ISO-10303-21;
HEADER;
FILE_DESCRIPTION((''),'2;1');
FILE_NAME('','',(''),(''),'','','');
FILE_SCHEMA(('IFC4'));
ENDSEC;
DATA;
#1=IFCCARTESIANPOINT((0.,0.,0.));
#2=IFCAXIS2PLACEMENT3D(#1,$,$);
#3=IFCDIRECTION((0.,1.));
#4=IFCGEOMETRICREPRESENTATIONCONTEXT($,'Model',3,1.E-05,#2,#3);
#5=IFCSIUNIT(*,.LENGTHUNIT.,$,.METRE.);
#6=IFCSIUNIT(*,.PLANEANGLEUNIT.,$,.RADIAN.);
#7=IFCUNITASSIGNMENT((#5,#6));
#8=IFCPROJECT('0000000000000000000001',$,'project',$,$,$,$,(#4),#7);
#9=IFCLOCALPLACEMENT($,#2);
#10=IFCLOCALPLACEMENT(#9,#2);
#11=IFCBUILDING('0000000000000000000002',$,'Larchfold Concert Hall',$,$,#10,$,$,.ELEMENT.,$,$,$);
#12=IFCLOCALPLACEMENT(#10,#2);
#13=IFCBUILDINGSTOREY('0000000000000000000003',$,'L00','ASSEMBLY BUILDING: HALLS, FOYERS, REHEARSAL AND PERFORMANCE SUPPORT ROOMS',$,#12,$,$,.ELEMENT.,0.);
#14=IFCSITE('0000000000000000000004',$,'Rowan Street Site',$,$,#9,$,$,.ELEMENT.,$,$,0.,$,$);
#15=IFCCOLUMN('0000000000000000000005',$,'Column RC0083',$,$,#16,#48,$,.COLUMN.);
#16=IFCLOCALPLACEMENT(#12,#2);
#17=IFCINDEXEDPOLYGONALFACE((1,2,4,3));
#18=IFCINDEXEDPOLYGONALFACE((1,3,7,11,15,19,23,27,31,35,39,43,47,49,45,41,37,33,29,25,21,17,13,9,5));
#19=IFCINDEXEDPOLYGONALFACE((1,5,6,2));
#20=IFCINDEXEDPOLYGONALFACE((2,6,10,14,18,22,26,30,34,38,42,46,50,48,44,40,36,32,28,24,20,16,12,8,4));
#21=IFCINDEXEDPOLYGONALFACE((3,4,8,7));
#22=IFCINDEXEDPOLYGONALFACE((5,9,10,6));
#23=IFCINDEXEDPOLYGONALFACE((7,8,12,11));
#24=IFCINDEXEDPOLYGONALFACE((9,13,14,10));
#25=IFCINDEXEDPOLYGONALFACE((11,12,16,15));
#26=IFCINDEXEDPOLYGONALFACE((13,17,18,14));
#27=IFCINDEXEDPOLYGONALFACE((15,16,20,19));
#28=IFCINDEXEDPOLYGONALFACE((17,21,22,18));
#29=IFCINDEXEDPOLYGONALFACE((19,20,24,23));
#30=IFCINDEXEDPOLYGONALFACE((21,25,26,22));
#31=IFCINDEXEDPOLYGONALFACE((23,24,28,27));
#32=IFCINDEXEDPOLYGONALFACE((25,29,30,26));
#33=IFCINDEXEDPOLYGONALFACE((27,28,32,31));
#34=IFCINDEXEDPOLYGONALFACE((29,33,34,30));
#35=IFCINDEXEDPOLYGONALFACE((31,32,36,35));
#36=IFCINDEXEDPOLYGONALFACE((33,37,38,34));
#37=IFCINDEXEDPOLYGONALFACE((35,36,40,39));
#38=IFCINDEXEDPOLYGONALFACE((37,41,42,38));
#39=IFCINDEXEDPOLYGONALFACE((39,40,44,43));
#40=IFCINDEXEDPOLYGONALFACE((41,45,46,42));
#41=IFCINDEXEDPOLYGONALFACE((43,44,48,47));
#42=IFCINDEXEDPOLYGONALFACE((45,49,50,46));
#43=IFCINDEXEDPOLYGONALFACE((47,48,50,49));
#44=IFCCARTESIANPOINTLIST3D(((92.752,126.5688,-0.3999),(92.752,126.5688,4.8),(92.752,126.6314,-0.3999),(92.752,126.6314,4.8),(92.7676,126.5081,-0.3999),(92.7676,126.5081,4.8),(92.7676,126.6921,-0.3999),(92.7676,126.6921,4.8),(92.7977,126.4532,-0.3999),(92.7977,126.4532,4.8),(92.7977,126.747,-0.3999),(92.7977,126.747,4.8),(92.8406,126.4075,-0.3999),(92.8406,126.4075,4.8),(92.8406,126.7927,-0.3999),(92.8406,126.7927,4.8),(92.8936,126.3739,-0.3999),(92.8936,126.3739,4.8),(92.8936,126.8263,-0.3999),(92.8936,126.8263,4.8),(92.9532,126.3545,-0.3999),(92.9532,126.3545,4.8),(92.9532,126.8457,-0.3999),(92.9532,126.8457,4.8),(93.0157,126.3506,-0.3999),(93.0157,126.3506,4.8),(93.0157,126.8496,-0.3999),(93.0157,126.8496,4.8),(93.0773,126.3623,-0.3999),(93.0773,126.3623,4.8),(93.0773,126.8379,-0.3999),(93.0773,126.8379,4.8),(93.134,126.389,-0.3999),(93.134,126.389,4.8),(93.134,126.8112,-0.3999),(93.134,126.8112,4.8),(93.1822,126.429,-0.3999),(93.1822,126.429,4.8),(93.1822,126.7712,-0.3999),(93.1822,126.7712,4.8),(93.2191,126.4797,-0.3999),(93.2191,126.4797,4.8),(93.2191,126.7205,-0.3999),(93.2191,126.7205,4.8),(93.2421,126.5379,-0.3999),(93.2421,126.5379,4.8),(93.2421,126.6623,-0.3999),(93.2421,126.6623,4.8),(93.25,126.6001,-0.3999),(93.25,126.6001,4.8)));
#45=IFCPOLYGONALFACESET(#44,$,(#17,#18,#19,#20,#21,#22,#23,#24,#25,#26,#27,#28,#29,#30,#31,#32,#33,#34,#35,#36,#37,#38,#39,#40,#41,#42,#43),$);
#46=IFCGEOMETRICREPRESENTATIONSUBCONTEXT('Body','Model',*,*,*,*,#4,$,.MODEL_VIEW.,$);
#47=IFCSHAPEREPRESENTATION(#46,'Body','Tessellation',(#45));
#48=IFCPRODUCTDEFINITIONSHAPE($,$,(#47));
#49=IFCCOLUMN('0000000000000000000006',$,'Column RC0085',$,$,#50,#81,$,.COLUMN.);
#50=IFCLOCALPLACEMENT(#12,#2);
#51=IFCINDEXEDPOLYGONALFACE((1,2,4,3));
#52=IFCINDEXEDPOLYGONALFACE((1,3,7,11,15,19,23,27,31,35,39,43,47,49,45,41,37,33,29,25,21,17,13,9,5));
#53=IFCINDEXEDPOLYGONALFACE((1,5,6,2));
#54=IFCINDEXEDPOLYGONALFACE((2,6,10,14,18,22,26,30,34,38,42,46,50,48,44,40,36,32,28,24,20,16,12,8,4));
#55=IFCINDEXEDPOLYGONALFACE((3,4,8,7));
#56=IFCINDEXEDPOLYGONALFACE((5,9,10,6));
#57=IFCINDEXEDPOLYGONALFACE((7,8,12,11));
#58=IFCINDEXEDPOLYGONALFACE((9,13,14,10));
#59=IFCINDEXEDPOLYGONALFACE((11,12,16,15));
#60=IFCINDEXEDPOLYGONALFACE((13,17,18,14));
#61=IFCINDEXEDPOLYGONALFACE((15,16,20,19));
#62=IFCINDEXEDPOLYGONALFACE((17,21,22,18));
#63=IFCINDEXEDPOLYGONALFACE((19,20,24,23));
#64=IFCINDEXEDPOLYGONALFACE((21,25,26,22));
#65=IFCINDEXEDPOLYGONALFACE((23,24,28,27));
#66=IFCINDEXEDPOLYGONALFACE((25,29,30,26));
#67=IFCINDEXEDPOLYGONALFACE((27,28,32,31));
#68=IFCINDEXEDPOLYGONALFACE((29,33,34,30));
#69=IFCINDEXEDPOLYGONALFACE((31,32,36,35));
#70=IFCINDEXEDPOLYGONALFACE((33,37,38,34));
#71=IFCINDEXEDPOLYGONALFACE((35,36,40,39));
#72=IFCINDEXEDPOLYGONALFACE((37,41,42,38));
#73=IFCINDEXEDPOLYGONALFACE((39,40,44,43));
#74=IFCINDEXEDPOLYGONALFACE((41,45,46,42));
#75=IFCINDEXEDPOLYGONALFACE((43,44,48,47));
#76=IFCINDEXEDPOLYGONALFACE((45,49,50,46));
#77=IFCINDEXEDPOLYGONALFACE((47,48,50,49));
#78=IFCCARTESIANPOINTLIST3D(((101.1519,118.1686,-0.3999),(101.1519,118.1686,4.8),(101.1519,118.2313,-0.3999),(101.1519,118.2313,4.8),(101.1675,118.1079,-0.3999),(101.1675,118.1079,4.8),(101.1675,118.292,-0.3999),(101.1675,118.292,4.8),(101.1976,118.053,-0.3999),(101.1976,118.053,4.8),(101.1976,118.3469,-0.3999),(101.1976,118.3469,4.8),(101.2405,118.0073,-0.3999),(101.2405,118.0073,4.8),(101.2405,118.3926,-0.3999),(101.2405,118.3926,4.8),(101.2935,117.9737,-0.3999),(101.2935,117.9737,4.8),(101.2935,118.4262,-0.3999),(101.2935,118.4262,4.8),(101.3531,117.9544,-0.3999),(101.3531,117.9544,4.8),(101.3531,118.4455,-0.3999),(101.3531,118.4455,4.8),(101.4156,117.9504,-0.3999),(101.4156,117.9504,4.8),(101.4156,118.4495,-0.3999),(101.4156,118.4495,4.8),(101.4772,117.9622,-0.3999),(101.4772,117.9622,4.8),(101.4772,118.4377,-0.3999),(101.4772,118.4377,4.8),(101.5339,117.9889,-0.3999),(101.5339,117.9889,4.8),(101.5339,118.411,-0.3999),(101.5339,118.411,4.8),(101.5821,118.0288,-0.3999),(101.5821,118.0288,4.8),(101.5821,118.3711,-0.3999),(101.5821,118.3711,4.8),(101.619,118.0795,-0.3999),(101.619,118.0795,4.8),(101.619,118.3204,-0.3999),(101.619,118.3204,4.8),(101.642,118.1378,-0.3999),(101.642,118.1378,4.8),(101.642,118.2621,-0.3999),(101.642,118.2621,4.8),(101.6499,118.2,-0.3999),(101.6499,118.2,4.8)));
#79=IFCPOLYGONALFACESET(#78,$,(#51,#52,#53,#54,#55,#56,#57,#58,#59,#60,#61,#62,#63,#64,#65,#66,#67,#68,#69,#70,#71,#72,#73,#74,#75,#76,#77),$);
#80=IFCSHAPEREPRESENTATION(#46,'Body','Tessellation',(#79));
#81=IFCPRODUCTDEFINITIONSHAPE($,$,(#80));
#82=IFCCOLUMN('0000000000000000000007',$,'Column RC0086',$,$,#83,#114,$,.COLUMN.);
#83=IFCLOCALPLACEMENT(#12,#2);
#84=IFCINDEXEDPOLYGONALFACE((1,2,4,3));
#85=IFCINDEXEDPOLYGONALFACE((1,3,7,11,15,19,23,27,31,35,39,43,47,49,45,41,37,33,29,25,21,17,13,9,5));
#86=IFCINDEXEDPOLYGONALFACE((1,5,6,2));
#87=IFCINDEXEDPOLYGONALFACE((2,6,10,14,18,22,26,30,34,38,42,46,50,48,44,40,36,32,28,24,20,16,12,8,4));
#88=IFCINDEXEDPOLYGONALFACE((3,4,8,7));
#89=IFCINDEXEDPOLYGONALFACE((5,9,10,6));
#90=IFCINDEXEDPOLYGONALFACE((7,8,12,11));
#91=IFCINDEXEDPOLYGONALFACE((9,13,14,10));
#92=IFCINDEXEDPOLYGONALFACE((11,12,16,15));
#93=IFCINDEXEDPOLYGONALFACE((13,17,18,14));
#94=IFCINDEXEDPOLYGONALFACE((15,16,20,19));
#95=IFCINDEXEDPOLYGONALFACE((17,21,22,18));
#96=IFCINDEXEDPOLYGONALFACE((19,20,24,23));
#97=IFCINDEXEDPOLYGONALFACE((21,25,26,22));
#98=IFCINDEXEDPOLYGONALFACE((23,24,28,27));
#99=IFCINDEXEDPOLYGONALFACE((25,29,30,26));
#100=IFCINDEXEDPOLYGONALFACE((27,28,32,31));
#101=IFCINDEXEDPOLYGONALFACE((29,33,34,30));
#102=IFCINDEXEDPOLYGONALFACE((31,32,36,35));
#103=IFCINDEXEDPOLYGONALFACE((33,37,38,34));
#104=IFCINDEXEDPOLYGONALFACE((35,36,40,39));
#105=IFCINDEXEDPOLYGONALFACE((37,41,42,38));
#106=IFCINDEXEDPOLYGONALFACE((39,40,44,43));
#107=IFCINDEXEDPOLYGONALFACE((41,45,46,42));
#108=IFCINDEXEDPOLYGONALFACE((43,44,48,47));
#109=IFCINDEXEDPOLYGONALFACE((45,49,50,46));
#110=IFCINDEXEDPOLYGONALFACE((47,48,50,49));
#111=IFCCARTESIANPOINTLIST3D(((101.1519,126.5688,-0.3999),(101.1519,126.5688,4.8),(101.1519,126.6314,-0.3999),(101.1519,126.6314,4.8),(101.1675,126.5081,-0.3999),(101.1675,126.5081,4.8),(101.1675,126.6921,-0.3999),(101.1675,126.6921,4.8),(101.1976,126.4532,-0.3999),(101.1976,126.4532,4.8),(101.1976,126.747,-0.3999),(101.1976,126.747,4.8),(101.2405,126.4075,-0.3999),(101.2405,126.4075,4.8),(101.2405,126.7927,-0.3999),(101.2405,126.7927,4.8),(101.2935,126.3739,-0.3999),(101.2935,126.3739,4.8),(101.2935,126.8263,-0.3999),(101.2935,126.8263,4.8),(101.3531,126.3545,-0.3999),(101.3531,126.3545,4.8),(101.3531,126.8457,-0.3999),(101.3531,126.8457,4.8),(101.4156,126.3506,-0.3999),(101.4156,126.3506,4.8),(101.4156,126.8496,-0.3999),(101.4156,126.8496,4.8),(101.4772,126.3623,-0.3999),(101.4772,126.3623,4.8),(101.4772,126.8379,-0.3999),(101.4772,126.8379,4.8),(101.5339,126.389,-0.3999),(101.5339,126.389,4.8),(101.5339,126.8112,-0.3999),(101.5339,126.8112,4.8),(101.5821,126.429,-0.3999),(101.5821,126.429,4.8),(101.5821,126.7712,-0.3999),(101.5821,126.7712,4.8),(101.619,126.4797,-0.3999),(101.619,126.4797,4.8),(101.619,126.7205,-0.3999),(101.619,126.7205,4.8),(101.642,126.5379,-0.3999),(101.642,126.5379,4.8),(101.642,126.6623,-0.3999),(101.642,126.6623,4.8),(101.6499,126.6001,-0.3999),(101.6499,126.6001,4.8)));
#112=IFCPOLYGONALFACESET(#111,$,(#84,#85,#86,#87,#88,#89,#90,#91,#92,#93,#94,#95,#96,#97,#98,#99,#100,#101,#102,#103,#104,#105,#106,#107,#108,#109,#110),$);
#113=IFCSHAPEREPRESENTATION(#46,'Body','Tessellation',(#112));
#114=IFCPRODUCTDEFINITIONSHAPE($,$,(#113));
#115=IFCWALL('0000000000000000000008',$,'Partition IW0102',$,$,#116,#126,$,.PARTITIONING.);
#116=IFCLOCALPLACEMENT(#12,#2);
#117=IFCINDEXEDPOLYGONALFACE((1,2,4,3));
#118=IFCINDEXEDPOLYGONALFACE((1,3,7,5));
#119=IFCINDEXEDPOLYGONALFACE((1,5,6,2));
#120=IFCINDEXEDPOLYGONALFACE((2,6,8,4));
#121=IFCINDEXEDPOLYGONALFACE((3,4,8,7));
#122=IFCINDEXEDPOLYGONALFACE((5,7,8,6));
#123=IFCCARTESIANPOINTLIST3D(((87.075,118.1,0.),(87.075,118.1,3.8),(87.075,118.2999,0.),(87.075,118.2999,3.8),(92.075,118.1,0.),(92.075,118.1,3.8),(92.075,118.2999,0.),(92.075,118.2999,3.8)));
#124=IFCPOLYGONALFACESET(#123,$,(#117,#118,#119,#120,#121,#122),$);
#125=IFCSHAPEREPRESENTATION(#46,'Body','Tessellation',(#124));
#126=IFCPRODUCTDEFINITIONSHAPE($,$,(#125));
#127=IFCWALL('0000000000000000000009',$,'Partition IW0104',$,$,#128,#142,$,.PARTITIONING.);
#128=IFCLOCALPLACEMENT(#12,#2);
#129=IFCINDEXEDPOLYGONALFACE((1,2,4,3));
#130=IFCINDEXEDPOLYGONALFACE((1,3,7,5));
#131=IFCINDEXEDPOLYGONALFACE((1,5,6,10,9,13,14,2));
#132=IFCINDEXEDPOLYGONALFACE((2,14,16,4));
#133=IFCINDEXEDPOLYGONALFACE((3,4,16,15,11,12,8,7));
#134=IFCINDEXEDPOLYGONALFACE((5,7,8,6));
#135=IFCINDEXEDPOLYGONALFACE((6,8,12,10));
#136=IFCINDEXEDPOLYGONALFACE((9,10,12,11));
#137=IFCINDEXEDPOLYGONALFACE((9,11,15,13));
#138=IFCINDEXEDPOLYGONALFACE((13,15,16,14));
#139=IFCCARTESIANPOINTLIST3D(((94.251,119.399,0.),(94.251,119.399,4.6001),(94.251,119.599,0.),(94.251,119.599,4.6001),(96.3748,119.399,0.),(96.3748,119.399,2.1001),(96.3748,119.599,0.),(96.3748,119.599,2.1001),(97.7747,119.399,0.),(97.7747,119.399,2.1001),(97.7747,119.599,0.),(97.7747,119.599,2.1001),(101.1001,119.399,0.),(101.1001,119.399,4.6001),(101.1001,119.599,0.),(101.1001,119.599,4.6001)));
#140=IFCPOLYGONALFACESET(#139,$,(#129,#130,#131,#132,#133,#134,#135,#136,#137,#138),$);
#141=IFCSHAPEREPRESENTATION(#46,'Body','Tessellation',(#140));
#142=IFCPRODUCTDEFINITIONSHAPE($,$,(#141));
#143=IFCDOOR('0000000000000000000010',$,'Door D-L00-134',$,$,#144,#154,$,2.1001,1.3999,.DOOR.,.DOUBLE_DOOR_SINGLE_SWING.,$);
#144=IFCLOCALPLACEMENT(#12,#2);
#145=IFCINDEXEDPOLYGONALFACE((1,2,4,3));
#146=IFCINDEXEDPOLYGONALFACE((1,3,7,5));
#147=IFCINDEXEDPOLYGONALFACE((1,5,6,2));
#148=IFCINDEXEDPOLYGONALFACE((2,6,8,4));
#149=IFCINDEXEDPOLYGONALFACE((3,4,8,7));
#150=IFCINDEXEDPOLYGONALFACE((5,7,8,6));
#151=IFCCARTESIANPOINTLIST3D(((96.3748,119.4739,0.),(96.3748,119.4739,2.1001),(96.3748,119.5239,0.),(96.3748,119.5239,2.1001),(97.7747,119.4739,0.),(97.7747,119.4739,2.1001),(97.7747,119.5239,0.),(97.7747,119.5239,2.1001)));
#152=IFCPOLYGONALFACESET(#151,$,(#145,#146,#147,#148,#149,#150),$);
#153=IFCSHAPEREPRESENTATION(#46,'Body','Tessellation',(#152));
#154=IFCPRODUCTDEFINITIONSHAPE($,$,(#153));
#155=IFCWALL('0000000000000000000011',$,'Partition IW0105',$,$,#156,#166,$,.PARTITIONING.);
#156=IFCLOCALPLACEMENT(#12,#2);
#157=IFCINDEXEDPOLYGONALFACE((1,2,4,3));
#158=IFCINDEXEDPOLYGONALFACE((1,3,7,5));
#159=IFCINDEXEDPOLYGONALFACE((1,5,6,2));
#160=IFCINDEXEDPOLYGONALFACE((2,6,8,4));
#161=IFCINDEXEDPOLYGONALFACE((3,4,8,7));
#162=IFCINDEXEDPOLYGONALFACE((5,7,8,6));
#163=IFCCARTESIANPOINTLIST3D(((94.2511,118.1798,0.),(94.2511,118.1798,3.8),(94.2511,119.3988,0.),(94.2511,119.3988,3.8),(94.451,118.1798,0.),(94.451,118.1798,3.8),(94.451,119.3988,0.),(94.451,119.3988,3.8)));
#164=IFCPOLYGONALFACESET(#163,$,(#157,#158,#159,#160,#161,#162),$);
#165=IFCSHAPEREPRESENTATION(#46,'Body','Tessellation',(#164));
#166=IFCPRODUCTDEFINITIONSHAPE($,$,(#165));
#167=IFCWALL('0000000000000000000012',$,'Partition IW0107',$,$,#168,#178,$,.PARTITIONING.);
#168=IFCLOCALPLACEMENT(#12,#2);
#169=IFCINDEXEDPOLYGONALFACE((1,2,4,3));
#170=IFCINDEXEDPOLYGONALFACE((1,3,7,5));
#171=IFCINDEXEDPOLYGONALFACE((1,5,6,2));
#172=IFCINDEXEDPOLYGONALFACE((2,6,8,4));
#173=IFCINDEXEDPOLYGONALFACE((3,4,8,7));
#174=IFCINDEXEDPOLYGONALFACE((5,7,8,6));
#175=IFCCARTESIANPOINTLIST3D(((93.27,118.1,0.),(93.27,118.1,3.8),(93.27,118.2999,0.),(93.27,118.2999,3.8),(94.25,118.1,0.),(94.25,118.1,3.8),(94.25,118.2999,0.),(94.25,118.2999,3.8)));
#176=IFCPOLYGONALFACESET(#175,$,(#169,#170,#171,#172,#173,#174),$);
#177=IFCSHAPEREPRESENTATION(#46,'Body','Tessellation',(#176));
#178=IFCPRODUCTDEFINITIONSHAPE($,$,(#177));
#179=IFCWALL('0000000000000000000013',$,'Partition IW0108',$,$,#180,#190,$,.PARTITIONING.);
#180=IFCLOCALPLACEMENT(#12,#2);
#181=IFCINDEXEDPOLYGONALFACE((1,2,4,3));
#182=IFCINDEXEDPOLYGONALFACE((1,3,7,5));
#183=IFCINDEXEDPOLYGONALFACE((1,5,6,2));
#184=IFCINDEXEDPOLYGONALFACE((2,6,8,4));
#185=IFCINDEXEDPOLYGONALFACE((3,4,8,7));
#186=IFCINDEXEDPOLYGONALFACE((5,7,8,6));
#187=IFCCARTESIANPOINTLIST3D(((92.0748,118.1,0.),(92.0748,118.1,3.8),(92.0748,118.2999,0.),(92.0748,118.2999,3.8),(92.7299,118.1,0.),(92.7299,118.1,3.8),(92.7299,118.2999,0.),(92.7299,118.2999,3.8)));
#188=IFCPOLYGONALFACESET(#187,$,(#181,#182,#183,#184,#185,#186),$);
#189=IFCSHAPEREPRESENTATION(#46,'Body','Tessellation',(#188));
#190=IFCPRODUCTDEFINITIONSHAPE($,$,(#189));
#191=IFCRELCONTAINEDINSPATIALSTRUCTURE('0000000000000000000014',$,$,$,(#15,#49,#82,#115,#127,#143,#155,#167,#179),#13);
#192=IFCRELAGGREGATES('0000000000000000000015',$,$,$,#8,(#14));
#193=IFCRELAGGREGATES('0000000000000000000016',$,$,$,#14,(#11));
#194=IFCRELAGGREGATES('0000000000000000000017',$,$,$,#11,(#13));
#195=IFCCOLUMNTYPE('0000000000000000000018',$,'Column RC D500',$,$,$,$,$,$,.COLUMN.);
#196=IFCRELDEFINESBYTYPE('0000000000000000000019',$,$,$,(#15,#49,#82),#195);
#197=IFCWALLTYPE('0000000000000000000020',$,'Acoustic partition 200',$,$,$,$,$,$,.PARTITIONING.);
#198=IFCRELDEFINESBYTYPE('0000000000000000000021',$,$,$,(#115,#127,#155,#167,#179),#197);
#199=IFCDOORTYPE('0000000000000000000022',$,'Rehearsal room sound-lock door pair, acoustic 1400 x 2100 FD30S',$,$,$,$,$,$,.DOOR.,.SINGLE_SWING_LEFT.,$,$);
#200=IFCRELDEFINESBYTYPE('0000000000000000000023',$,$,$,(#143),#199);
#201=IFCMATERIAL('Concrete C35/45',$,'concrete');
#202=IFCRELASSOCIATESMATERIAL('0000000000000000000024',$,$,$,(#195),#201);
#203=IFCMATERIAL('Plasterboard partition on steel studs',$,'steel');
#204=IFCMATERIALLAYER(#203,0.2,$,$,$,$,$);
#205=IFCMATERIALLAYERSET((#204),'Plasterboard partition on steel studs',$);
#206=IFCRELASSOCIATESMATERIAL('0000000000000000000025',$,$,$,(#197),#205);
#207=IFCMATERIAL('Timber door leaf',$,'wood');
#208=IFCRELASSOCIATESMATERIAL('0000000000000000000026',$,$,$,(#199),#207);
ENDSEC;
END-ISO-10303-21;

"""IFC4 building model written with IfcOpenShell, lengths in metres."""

from ifc_helpers import new_model, si_unit, direction, frame, frame_2d, origin, origin_2d, place, context, subcontext, project, spatial, rectangle, circle, extrude, material, layer, layer_set, material_profile, profile_set, type_object, element, fill, save


model = new_model("IFC4")

# Units and contexts
model_context = context("Model", 3, precision=1e-05, world=origin(), true_north=direction((0.0, 1.0)))
body_context = subcontext(model_context, "Body", "Model", "MODEL_VIEW")
ifc_project = project(units=[si_unit("LENGTHUNIT", "METRE"), si_unit("PLANEANGLEUNIT", "RADIAN")], contexts=[model_context])

# Site, building, storey
site_placement = place(None, origin())
site = spatial("IfcSite", under=ifc_project, at=site_placement, Name="Rowan Street Site", CompositionType="ELEMENT", RefElevation=0.0)
building_placement = place(site_placement, origin())
building = spatial("IfcBuilding", under=site, at=building_placement, Name="Larchfold Concert Hall", CompositionType="ELEMENT")
storey_placement = place(building_placement, origin())
storey = spatial("IfcBuildingStorey", under=building, at=storey_placement, Name="L00", Description="ASSEMBLY BUILDING: HALLS, FOYERS, REHEARSAL AND PERFORMANCE SUPPORT ROOMS", CompositionType="ELEMENT", Elevation=0.0)

# Columns
ifc_material_1 = material(Name="Concrete C35/45", Category="concrete")
ifc_material_profile_1 = material_profile(ifc_material_1, circle(Radius=0.25, at=origin_2d()))
ifc_profile_set_1 = profile_set([ifc_material_profile_1], Name="Concrete C35/45")
column_type = type_object("IfcColumnType", Name="Column RC D500", PredefinedType="COLUMN", material=ifc_profile_set_1)
for number, where, z_axis, x_axis, name in (
    (1, (93.0, 126.6001, -0.3999), (0.0, 0.0, 1.0), (1.0, 0.0, 0.0), "Column RC0083"),
    (2, (101.3999, 118.2, -0.3999), (0.0, 0.0, 1.0), (1.0, 0.0, 0.0), "Column RC0085"),
    (3, (101.3999, 126.6001, -0.3999), (0.0, 0.0, 1.0), (1.0, 0.0, 0.0), "Column RC0086"),
):
    element("IfcColumn", number, at=place(storey_placement, frame(where, z_axis=z_axis, x_axis=x_axis)), inside=storey, type_object=column_type, Name=name, PredefinedType="COLUMN", context=body_context, shape_type="SweptSolid", body=[
        extrude(circle(Radius=0.25, at=origin_2d()), origin(), (0.0, 0.0, 1.0), 5.2),
    ])

# Wall
ifc_material_2 = material(Name="Plasterboard partition on steel studs", Category="steel")
ifc_layer_1 = layer(ifc_material_2, 0.2)
ifc_layer_set_1 = layer_set([ifc_layer_1], Name="Plasterboard partition on steel studs")
wall_type_1 = type_object("IfcWallType", Name="Acoustic partition 200", PredefinedType="PARTITIONING", material=ifc_layer_set_1)
wall_1_placement = place(storey_placement, frame((87.075, 118.2, 0.0), z_axis=(0.0, 0.0, 1.0), x_axis=(1.0, 0.0, 0.0)))
element("IfcWall", 4, at=wall_1_placement, inside=storey, type_object=wall_type_1, Name="Partition IW0102", PredefinedType="PARTITIONING", context=body_context, shape_type="SweptSolid", body=[
    extrude(rectangle(XDim=5.0, YDim=0.2, at=frame_2d((2.5, 0.0))), origin(), (0.0, 0.0, 1.0), 3.8),
])

# Wall, opening, door
wall_2_placement = place(storey_placement, frame((94.251, 119.499, 0.0), z_axis=(0.0, 0.0, 1.0), x_axis=(1.0, 0.0, 0.0)))
wall_2 = element("IfcWall", 5, at=wall_2_placement, inside=storey, type_object=wall_type_1, Name="Partition IW0104", PredefinedType="PARTITIONING", context=body_context, shape_type="SweptSolid", body=[
    extrude(rectangle(XDim=6.8491, YDim=0.2, at=frame_2d((3.4246, 0.0))), origin(), (0.0, 0.0, 1.0), 4.6001),
])
opening_1_placement = place(wall_2_placement, frame((2.1238, 0.0, 0.0)))
opening_1 = element("IfcOpeningElement", 6, at=opening_1_placement, cuts=wall_2, PredefinedType="OPENING", context=body_context, shape_type="SweptSolid", body=[
    extrude(rectangle(XDim=1.3999, YDim=2.1001, at=frame_2d((0.7, 1.05))), frame((0.0, 0.1099, 0.0), z_axis=(0.0, -1.0, 0.0), x_axis=(1.0, 0.0, 0.0)), (0.0, 0.0, 1.0), 0.22),
])
ifc_material_3 = material(Name="Timber door leaf", Category="wood")
door_type_1 = type_object("IfcDoorType", Name="Rehearsal room sound-lock door pair, acoustic 1400 x 2100 FD30S", OperationType="SINGLE_SWING_LEFT", PredefinedType="DOOR", material=ifc_material_3)
door_1_placement = place(opening_1_placement, origin())
door_1 = element("IfcDoor", 7, at=door_1_placement, inside=storey, type_object=door_type_1, Name="Door D-L00-134", OperationType="DOUBLE_DOOR_SINGLE_SWING", OverallHeight=2.1001, OverallWidth=1.3999, PredefinedType="DOOR", context=body_context, shape_type="SweptSolid", body=[
    extrude(rectangle(XDim=1.3999, YDim=2.1001, at=frame_2d((0.7, 1.05))), frame((0.0, 0.0249, 0.0), z_axis=(0.0, -1.0, 0.0), x_axis=(1.0, 0.0, 0.0)), (0.0, 0.0, 1.0), 0.05),
])
fill(opening_1, door_1)

# Walls
wall_3_placement = place(storey_placement, frame((94.3511, 118.1799, 0.0), z_axis=(0.0, 0.0, 1.0), x_axis=(0.0, 1.0, 0.0)))
element("IfcWall", 8, at=wall_3_placement, inside=storey, type_object=wall_type_1, Name="Partition IW0105", PredefinedType="PARTITIONING", context=body_context, shape_type="SweptSolid", body=[
    extrude(rectangle(XDim=1.219, YDim=0.2, at=frame_2d((0.6094, 0.0))), origin(), (0.0, 0.0, 1.0), 3.8),
])
wall_4_placement = place(storey_placement, frame((94.25, 118.2, 0.0), z_axis=(0.0, 0.0, 1.0), x_axis=(-1.0, 0.0, 0.0)))
element("IfcWall", 9, at=wall_4_placement, inside=storey, type_object=wall_type_1, Name="Partition IW0107", PredefinedType="PARTITIONING", context=body_context, shape_type="SweptSolid", body=[
    extrude(rectangle(XDim=0.98, YDim=0.2, at=frame_2d((0.49, 0.0))), origin(), (0.0, 0.0, 1.0), 3.8),
])
wall_5_placement = place(storey_placement, frame((92.73, 118.2, 0.0), z_axis=(0.0, 0.0, 1.0), x_axis=(-1.0, 0.0, 0.0)))
element("IfcWall", 10, at=wall_5_placement, inside=storey, type_object=wall_type_1, Name="Partition IW0108", PredefinedType="PARTITIONING", context=body_context, shape_type="SweptSolid", body=[
    extrude(rectangle(XDim=0.655, YDim=0.2, at=frame_2d((0.3276, 0.0))), origin(), (0.0, 0.0, 1.0), 3.8),
])

save(model, "model.ifc")
